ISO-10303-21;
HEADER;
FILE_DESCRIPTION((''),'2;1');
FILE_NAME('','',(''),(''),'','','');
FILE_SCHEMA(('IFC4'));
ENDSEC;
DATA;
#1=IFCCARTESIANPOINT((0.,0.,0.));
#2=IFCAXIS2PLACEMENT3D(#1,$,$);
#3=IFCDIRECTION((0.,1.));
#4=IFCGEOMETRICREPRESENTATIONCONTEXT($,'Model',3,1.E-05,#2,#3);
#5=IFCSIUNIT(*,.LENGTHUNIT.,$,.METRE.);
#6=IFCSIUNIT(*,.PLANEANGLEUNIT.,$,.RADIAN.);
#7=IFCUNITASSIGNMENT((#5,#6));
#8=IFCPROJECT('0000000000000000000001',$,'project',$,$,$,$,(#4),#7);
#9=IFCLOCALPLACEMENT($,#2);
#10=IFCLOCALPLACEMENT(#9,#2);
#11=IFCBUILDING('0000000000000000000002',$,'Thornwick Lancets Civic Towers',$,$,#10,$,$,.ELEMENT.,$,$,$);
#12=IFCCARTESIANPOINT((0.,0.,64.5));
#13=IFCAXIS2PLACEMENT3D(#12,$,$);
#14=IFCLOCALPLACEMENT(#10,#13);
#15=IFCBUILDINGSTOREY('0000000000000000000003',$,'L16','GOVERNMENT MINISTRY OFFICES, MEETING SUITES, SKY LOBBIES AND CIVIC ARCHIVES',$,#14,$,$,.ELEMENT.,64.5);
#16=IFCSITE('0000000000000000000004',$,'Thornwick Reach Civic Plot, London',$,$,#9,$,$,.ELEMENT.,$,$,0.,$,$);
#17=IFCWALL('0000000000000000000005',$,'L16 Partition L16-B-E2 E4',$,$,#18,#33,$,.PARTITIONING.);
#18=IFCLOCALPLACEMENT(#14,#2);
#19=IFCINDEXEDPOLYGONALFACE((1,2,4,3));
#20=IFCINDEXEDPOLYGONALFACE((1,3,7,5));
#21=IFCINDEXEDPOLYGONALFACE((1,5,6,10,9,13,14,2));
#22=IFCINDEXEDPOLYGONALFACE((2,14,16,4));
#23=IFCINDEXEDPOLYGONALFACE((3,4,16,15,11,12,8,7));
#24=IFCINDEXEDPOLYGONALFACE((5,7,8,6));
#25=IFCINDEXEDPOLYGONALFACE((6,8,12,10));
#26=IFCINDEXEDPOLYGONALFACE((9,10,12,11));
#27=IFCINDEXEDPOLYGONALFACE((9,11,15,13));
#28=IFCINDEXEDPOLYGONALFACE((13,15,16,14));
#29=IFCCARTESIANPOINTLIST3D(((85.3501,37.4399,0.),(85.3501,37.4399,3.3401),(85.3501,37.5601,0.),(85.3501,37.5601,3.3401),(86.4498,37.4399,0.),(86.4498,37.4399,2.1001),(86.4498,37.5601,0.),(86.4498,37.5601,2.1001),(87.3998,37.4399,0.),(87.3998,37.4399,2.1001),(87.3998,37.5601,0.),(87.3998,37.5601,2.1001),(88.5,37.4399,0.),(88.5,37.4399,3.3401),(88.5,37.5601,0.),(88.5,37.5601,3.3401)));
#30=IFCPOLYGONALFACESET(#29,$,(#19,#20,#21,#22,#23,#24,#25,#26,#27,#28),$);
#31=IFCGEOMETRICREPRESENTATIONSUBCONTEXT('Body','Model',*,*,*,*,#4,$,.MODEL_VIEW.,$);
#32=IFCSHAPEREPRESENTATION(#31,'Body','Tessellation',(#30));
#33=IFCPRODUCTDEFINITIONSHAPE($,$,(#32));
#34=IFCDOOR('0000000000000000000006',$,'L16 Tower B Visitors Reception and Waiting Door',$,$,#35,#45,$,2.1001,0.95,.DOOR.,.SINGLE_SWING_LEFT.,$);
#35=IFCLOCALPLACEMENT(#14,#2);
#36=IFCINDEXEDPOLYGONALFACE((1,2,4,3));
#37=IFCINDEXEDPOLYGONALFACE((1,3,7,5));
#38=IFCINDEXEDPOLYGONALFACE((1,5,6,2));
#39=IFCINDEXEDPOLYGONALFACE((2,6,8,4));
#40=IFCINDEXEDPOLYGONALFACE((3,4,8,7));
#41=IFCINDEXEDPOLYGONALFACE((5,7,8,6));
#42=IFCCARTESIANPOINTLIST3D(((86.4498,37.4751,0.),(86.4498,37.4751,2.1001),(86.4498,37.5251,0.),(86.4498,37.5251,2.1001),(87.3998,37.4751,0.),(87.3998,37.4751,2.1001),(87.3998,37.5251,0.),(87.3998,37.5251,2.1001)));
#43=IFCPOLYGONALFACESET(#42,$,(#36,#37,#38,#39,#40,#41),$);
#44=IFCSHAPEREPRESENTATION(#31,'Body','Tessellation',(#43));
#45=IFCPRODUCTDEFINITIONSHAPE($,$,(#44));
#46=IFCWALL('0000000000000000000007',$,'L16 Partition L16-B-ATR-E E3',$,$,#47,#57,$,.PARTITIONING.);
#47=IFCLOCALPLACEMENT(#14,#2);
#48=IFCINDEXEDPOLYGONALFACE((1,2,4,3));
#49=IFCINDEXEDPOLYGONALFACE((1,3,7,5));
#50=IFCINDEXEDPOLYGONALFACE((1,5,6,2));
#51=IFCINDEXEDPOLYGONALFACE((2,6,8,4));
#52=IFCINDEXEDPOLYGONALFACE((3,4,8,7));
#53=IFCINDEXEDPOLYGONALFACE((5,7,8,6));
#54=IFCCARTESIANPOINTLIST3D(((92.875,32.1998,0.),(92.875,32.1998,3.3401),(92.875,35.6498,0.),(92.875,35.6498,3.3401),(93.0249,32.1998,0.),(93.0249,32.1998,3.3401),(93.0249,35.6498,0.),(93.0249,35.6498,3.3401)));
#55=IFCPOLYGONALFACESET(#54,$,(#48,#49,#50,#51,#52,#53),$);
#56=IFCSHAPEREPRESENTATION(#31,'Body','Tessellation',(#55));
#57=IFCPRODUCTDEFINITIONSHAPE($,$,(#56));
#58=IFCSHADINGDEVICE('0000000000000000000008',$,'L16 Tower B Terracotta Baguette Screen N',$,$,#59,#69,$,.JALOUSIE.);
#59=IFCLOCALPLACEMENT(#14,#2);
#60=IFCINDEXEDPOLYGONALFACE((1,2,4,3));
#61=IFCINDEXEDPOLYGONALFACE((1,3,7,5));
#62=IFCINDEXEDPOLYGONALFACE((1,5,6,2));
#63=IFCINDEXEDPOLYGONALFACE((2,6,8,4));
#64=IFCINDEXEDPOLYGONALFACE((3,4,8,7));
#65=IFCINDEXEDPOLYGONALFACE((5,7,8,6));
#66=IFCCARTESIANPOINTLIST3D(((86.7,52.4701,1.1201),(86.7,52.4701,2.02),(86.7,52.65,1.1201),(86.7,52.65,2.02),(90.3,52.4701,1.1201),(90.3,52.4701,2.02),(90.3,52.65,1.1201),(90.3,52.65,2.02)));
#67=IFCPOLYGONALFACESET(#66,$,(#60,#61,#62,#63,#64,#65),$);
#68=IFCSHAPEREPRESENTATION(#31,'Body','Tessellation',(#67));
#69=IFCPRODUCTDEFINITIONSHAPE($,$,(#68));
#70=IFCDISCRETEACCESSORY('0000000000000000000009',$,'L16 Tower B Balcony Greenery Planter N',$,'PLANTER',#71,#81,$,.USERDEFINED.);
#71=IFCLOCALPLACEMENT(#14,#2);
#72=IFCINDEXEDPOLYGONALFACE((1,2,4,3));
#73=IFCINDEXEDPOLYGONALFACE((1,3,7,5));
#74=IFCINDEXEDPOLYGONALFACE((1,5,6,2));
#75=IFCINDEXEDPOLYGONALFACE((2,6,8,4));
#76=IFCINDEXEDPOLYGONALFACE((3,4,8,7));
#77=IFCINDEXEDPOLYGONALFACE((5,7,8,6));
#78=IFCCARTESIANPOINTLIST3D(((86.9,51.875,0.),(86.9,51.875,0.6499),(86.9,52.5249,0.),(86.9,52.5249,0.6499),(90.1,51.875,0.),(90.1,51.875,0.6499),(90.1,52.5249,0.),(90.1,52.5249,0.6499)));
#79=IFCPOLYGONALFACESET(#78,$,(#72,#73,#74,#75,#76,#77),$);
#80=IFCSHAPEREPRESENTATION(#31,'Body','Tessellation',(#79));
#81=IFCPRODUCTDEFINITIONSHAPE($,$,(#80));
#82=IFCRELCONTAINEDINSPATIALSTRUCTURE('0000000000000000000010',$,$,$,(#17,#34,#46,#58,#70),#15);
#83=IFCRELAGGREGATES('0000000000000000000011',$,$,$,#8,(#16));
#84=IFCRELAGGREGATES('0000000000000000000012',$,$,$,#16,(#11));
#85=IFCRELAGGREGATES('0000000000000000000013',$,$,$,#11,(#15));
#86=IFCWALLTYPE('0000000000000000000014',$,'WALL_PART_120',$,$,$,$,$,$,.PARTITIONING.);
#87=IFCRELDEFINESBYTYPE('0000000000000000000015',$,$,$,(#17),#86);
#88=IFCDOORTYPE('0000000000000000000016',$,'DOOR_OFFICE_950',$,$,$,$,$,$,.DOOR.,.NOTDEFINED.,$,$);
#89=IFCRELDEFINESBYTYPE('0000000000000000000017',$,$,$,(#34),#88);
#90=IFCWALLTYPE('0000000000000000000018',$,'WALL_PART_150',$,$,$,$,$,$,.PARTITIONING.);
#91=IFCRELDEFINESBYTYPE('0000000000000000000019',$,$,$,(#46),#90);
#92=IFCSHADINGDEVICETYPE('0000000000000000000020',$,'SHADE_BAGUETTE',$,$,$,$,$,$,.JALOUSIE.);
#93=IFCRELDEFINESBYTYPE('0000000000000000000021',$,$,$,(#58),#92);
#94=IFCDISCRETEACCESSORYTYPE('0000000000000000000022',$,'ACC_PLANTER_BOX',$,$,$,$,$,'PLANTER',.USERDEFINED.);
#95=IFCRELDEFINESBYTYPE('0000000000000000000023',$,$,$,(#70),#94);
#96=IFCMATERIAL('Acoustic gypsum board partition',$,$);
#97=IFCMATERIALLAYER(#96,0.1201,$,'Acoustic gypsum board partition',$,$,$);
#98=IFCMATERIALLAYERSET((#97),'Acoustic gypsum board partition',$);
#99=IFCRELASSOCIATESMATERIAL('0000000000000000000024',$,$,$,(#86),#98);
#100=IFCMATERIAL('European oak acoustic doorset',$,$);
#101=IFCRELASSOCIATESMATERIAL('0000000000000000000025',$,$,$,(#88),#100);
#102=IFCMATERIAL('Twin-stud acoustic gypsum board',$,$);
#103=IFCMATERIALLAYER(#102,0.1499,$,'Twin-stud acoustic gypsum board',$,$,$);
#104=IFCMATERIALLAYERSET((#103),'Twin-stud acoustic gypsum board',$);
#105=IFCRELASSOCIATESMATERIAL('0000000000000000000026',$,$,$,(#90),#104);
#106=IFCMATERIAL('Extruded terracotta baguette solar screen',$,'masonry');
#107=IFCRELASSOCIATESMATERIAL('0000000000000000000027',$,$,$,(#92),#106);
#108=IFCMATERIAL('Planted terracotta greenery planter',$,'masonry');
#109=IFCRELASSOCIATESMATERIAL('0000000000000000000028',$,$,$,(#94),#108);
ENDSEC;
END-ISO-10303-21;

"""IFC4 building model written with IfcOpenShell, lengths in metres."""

from ifc_helpers import new_model, si_unit, direction, frame, frame_2d, origin, origin_2d, place, context, subcontext, project, spatial, rectangle, extrude, material, layer, layer_set, type_object, element, fill, save


model = new_model("IFC4")

# Units and contexts
model_context = context("Model", 3, precision=1e-05, world=origin(), true_north=direction((0.0, 1.0)))
body_context = subcontext(model_context, "Body", "Model", "MODEL_VIEW")
ifc_project = project(units=[si_unit("LENGTHUNIT", "METRE"), si_unit("PLANEANGLEUNIT", "RADIAN")], contexts=[model_context])

# Site, building, storey
site_placement = place(None, origin())
site = spatial("IfcSite", under=ifc_project, at=site_placement, Name="Thornwick Reach Civic Plot, London", CompositionType="ELEMENT", RefElevation=0.0)
building_placement = place(site_placement, origin())
building = spatial("IfcBuilding", under=site, at=building_placement, Name="Thornwick Lancets Civic Towers", CompositionType="ELEMENT")
storey_placement = place(building_placement, frame((0.0, 0.0, 64.5)))
storey = spatial("IfcBuildingStorey", under=building, at=storey_placement, Name="L16", Description="GOVERNMENT MINISTRY OFFICES, MEETING SUITES, SKY LOBBIES AND CIVIC ARCHIVES", CompositionType="ELEMENT", Elevation=64.5)

# Shared definitions
ifc_material_1 = material(Name="Acoustic gypsum board partition")
ifc_layer_1 = layer(ifc_material_1, 0.1201, Name="Acoustic gypsum board partition")
ifc_layer_set_1 = layer_set([ifc_layer_1], Name="Acoustic gypsum board partition")
wall_type_1 = type_object("IfcWallType", Name="WALL_PART_120", PredefinedType="PARTITIONING", material=ifc_layer_set_1)

# Wall, opening, door
wall_1_placement = place(storey_placement, frame((88.5, 37.5, 0.0), z_axis=(0.0, 0.0, 1.0), x_axis=(-1.0, 0.0, 0.0)))
wall_1 = element("IfcWall", 1, at=wall_1_placement, inside=storey, type_object=wall_type_1, Name="L16 Partition L16-B-E2 E4", PredefinedType="PARTITIONING", context=body_context, shape_type="SweptSolid", body=[
    extrude(rectangle(XDim=3.1499, YDim=0.1201, at=frame_2d((1.575, 0.0))), origin(), (0.0, 0.0, 1.0), 3.3401),
])
opening_1_placement = place(wall_1_placement, frame((1.1001, 0.0, 0.0)))
opening_1 = element("IfcOpeningElement", 2, at=opening_1_placement, cuts=wall_1, PredefinedType="OPENING", context=body_context, shape_type="SweptSolid", body=[
    extrude(rectangle(XDim=0.95, YDim=2.1001, at=frame_2d((0.4751, 1.05))), frame((0.0, 0.0701, 0.0), z_axis=(0.0, -1.0, 0.0), x_axis=(1.0, 0.0, 0.0)), (0.0, 0.0, 1.0), 0.1401),
])
ifc_material_2 = material(Name="European oak acoustic doorset")
door_type_1 = type_object("IfcDoorType", Name="DOOR_OFFICE_950", OperationType="NOTDEFINED", PredefinedType="DOOR", material=ifc_material_2)
door_1_placement = place(opening_1_placement, origin())
door_1 = element("IfcDoor", 3, at=door_1_placement, inside=storey, type_object=door_type_1, Name="L16 Tower B Visitors Reception and Waiting Door", OperationType="SINGLE_SWING_LEFT", OverallHeight=2.1001, OverallWidth=0.95, PredefinedType="DOOR", context=body_context, shape_type="SweptSolid", body=[
    extrude(rectangle(XDim=0.95, YDim=2.1001, at=frame_2d((0.4751, 1.05))), frame((0.0, 0.0249, 0.0), z_axis=(0.0, -1.0, 0.0), x_axis=(1.0, 0.0, 0.0)), (0.0, 0.0, 1.0), 0.05),
])
fill(opening_1, door_1)

# Wall
ifc_material_3 = material(Name="Twin-stud acoustic gypsum board")
ifc_layer_2 = layer(ifc_material_3, 0.1499, Name="Twin-stud acoustic gypsum board")
ifc_layer_set_2 = layer_set([ifc_layer_2], Name="Twin-stud acoustic gypsum board")
wall_type_2 = type_object("IfcWallType", Name="WALL_PART_150", PredefinedType="PARTITIONING", material=ifc_layer_set_2)
wall_2_placement = place(storey_placement, frame((92.95, 35.6499, 0.0), z_axis=(0.0, 0.0, 1.0), x_axis=(0.0, -1.0, 0.0)))
element("IfcWall", 4, at=wall_2_placement, inside=storey, type_object=wall_type_2, Name="L16 Partition L16-B-ATR-E E3", PredefinedType="PARTITIONING", context=body_context, shape_type="SweptSolid", body=[
    extrude(rectangle(XDim=3.45, YDim=0.1499, at=frame_2d((1.7251, 0.0))), origin(), (0.0, 0.0, 1.0), 3.3401),
])

# Shading device
ifc_material_4 = material(Name="Extruded terracotta baguette solar screen", Category="masonry")
shading_device_type = type_object("IfcShadingDeviceType", Name="SHADE_BAGUETTE", PredefinedType="JALOUSIE", material=ifc_material_4)
shading_device_placement = place(storey_placement, frame((88.5, 52.5601, 1.1201), z_axis=(0.0, 0.0, 1.0), x_axis=(1.0, 0.0, 0.0)))
element("IfcShadingDevice", 5, at=shading_device_placement, inside=storey, type_object=shading_device_type, Name="L16 Tower B Terracotta Baguette Screen N", PredefinedType="JALOUSIE", context=body_context, shape_type="SweptSolid", body=[
    extrude(rectangle(XDim=3.6001, YDim=0.1799, at=origin_2d()), origin(), (0.0, 0.0, 1.0), 0.8999),
])

# Discrete accessory
ifc_material_5 = material(Name="Planted terracotta greenery planter", Category="masonry")
discrete_accessory_type = type_object("IfcDiscreteAccessoryType", Name="ACC_PLANTER_BOX", ElementType="PLANTER", PredefinedType="USERDEFINED", material=ifc_material_5)
discrete_accessory_placement = place(storey_placement, frame((88.5, 52.2, 0.0), z_axis=(0.0, 0.0, 1.0), x_axis=(1.0, 0.0, 0.0)))
element("IfcDiscreteAccessory", 6, at=discrete_accessory_placement, inside=storey, type_object=discrete_accessory_type, Name="L16 Tower B Balcony Greenery Planter N", ObjectType="PLANTER", PredefinedType="USERDEFINED", context=body_context, shape_type="SweptSolid", body=[
    extrude(rectangle(XDim=3.2, YDim=0.6499, at=origin_2d()), origin(), (0.0, 0.0, 1.0), 0.6499),
])

save(model, "model.ifc")
